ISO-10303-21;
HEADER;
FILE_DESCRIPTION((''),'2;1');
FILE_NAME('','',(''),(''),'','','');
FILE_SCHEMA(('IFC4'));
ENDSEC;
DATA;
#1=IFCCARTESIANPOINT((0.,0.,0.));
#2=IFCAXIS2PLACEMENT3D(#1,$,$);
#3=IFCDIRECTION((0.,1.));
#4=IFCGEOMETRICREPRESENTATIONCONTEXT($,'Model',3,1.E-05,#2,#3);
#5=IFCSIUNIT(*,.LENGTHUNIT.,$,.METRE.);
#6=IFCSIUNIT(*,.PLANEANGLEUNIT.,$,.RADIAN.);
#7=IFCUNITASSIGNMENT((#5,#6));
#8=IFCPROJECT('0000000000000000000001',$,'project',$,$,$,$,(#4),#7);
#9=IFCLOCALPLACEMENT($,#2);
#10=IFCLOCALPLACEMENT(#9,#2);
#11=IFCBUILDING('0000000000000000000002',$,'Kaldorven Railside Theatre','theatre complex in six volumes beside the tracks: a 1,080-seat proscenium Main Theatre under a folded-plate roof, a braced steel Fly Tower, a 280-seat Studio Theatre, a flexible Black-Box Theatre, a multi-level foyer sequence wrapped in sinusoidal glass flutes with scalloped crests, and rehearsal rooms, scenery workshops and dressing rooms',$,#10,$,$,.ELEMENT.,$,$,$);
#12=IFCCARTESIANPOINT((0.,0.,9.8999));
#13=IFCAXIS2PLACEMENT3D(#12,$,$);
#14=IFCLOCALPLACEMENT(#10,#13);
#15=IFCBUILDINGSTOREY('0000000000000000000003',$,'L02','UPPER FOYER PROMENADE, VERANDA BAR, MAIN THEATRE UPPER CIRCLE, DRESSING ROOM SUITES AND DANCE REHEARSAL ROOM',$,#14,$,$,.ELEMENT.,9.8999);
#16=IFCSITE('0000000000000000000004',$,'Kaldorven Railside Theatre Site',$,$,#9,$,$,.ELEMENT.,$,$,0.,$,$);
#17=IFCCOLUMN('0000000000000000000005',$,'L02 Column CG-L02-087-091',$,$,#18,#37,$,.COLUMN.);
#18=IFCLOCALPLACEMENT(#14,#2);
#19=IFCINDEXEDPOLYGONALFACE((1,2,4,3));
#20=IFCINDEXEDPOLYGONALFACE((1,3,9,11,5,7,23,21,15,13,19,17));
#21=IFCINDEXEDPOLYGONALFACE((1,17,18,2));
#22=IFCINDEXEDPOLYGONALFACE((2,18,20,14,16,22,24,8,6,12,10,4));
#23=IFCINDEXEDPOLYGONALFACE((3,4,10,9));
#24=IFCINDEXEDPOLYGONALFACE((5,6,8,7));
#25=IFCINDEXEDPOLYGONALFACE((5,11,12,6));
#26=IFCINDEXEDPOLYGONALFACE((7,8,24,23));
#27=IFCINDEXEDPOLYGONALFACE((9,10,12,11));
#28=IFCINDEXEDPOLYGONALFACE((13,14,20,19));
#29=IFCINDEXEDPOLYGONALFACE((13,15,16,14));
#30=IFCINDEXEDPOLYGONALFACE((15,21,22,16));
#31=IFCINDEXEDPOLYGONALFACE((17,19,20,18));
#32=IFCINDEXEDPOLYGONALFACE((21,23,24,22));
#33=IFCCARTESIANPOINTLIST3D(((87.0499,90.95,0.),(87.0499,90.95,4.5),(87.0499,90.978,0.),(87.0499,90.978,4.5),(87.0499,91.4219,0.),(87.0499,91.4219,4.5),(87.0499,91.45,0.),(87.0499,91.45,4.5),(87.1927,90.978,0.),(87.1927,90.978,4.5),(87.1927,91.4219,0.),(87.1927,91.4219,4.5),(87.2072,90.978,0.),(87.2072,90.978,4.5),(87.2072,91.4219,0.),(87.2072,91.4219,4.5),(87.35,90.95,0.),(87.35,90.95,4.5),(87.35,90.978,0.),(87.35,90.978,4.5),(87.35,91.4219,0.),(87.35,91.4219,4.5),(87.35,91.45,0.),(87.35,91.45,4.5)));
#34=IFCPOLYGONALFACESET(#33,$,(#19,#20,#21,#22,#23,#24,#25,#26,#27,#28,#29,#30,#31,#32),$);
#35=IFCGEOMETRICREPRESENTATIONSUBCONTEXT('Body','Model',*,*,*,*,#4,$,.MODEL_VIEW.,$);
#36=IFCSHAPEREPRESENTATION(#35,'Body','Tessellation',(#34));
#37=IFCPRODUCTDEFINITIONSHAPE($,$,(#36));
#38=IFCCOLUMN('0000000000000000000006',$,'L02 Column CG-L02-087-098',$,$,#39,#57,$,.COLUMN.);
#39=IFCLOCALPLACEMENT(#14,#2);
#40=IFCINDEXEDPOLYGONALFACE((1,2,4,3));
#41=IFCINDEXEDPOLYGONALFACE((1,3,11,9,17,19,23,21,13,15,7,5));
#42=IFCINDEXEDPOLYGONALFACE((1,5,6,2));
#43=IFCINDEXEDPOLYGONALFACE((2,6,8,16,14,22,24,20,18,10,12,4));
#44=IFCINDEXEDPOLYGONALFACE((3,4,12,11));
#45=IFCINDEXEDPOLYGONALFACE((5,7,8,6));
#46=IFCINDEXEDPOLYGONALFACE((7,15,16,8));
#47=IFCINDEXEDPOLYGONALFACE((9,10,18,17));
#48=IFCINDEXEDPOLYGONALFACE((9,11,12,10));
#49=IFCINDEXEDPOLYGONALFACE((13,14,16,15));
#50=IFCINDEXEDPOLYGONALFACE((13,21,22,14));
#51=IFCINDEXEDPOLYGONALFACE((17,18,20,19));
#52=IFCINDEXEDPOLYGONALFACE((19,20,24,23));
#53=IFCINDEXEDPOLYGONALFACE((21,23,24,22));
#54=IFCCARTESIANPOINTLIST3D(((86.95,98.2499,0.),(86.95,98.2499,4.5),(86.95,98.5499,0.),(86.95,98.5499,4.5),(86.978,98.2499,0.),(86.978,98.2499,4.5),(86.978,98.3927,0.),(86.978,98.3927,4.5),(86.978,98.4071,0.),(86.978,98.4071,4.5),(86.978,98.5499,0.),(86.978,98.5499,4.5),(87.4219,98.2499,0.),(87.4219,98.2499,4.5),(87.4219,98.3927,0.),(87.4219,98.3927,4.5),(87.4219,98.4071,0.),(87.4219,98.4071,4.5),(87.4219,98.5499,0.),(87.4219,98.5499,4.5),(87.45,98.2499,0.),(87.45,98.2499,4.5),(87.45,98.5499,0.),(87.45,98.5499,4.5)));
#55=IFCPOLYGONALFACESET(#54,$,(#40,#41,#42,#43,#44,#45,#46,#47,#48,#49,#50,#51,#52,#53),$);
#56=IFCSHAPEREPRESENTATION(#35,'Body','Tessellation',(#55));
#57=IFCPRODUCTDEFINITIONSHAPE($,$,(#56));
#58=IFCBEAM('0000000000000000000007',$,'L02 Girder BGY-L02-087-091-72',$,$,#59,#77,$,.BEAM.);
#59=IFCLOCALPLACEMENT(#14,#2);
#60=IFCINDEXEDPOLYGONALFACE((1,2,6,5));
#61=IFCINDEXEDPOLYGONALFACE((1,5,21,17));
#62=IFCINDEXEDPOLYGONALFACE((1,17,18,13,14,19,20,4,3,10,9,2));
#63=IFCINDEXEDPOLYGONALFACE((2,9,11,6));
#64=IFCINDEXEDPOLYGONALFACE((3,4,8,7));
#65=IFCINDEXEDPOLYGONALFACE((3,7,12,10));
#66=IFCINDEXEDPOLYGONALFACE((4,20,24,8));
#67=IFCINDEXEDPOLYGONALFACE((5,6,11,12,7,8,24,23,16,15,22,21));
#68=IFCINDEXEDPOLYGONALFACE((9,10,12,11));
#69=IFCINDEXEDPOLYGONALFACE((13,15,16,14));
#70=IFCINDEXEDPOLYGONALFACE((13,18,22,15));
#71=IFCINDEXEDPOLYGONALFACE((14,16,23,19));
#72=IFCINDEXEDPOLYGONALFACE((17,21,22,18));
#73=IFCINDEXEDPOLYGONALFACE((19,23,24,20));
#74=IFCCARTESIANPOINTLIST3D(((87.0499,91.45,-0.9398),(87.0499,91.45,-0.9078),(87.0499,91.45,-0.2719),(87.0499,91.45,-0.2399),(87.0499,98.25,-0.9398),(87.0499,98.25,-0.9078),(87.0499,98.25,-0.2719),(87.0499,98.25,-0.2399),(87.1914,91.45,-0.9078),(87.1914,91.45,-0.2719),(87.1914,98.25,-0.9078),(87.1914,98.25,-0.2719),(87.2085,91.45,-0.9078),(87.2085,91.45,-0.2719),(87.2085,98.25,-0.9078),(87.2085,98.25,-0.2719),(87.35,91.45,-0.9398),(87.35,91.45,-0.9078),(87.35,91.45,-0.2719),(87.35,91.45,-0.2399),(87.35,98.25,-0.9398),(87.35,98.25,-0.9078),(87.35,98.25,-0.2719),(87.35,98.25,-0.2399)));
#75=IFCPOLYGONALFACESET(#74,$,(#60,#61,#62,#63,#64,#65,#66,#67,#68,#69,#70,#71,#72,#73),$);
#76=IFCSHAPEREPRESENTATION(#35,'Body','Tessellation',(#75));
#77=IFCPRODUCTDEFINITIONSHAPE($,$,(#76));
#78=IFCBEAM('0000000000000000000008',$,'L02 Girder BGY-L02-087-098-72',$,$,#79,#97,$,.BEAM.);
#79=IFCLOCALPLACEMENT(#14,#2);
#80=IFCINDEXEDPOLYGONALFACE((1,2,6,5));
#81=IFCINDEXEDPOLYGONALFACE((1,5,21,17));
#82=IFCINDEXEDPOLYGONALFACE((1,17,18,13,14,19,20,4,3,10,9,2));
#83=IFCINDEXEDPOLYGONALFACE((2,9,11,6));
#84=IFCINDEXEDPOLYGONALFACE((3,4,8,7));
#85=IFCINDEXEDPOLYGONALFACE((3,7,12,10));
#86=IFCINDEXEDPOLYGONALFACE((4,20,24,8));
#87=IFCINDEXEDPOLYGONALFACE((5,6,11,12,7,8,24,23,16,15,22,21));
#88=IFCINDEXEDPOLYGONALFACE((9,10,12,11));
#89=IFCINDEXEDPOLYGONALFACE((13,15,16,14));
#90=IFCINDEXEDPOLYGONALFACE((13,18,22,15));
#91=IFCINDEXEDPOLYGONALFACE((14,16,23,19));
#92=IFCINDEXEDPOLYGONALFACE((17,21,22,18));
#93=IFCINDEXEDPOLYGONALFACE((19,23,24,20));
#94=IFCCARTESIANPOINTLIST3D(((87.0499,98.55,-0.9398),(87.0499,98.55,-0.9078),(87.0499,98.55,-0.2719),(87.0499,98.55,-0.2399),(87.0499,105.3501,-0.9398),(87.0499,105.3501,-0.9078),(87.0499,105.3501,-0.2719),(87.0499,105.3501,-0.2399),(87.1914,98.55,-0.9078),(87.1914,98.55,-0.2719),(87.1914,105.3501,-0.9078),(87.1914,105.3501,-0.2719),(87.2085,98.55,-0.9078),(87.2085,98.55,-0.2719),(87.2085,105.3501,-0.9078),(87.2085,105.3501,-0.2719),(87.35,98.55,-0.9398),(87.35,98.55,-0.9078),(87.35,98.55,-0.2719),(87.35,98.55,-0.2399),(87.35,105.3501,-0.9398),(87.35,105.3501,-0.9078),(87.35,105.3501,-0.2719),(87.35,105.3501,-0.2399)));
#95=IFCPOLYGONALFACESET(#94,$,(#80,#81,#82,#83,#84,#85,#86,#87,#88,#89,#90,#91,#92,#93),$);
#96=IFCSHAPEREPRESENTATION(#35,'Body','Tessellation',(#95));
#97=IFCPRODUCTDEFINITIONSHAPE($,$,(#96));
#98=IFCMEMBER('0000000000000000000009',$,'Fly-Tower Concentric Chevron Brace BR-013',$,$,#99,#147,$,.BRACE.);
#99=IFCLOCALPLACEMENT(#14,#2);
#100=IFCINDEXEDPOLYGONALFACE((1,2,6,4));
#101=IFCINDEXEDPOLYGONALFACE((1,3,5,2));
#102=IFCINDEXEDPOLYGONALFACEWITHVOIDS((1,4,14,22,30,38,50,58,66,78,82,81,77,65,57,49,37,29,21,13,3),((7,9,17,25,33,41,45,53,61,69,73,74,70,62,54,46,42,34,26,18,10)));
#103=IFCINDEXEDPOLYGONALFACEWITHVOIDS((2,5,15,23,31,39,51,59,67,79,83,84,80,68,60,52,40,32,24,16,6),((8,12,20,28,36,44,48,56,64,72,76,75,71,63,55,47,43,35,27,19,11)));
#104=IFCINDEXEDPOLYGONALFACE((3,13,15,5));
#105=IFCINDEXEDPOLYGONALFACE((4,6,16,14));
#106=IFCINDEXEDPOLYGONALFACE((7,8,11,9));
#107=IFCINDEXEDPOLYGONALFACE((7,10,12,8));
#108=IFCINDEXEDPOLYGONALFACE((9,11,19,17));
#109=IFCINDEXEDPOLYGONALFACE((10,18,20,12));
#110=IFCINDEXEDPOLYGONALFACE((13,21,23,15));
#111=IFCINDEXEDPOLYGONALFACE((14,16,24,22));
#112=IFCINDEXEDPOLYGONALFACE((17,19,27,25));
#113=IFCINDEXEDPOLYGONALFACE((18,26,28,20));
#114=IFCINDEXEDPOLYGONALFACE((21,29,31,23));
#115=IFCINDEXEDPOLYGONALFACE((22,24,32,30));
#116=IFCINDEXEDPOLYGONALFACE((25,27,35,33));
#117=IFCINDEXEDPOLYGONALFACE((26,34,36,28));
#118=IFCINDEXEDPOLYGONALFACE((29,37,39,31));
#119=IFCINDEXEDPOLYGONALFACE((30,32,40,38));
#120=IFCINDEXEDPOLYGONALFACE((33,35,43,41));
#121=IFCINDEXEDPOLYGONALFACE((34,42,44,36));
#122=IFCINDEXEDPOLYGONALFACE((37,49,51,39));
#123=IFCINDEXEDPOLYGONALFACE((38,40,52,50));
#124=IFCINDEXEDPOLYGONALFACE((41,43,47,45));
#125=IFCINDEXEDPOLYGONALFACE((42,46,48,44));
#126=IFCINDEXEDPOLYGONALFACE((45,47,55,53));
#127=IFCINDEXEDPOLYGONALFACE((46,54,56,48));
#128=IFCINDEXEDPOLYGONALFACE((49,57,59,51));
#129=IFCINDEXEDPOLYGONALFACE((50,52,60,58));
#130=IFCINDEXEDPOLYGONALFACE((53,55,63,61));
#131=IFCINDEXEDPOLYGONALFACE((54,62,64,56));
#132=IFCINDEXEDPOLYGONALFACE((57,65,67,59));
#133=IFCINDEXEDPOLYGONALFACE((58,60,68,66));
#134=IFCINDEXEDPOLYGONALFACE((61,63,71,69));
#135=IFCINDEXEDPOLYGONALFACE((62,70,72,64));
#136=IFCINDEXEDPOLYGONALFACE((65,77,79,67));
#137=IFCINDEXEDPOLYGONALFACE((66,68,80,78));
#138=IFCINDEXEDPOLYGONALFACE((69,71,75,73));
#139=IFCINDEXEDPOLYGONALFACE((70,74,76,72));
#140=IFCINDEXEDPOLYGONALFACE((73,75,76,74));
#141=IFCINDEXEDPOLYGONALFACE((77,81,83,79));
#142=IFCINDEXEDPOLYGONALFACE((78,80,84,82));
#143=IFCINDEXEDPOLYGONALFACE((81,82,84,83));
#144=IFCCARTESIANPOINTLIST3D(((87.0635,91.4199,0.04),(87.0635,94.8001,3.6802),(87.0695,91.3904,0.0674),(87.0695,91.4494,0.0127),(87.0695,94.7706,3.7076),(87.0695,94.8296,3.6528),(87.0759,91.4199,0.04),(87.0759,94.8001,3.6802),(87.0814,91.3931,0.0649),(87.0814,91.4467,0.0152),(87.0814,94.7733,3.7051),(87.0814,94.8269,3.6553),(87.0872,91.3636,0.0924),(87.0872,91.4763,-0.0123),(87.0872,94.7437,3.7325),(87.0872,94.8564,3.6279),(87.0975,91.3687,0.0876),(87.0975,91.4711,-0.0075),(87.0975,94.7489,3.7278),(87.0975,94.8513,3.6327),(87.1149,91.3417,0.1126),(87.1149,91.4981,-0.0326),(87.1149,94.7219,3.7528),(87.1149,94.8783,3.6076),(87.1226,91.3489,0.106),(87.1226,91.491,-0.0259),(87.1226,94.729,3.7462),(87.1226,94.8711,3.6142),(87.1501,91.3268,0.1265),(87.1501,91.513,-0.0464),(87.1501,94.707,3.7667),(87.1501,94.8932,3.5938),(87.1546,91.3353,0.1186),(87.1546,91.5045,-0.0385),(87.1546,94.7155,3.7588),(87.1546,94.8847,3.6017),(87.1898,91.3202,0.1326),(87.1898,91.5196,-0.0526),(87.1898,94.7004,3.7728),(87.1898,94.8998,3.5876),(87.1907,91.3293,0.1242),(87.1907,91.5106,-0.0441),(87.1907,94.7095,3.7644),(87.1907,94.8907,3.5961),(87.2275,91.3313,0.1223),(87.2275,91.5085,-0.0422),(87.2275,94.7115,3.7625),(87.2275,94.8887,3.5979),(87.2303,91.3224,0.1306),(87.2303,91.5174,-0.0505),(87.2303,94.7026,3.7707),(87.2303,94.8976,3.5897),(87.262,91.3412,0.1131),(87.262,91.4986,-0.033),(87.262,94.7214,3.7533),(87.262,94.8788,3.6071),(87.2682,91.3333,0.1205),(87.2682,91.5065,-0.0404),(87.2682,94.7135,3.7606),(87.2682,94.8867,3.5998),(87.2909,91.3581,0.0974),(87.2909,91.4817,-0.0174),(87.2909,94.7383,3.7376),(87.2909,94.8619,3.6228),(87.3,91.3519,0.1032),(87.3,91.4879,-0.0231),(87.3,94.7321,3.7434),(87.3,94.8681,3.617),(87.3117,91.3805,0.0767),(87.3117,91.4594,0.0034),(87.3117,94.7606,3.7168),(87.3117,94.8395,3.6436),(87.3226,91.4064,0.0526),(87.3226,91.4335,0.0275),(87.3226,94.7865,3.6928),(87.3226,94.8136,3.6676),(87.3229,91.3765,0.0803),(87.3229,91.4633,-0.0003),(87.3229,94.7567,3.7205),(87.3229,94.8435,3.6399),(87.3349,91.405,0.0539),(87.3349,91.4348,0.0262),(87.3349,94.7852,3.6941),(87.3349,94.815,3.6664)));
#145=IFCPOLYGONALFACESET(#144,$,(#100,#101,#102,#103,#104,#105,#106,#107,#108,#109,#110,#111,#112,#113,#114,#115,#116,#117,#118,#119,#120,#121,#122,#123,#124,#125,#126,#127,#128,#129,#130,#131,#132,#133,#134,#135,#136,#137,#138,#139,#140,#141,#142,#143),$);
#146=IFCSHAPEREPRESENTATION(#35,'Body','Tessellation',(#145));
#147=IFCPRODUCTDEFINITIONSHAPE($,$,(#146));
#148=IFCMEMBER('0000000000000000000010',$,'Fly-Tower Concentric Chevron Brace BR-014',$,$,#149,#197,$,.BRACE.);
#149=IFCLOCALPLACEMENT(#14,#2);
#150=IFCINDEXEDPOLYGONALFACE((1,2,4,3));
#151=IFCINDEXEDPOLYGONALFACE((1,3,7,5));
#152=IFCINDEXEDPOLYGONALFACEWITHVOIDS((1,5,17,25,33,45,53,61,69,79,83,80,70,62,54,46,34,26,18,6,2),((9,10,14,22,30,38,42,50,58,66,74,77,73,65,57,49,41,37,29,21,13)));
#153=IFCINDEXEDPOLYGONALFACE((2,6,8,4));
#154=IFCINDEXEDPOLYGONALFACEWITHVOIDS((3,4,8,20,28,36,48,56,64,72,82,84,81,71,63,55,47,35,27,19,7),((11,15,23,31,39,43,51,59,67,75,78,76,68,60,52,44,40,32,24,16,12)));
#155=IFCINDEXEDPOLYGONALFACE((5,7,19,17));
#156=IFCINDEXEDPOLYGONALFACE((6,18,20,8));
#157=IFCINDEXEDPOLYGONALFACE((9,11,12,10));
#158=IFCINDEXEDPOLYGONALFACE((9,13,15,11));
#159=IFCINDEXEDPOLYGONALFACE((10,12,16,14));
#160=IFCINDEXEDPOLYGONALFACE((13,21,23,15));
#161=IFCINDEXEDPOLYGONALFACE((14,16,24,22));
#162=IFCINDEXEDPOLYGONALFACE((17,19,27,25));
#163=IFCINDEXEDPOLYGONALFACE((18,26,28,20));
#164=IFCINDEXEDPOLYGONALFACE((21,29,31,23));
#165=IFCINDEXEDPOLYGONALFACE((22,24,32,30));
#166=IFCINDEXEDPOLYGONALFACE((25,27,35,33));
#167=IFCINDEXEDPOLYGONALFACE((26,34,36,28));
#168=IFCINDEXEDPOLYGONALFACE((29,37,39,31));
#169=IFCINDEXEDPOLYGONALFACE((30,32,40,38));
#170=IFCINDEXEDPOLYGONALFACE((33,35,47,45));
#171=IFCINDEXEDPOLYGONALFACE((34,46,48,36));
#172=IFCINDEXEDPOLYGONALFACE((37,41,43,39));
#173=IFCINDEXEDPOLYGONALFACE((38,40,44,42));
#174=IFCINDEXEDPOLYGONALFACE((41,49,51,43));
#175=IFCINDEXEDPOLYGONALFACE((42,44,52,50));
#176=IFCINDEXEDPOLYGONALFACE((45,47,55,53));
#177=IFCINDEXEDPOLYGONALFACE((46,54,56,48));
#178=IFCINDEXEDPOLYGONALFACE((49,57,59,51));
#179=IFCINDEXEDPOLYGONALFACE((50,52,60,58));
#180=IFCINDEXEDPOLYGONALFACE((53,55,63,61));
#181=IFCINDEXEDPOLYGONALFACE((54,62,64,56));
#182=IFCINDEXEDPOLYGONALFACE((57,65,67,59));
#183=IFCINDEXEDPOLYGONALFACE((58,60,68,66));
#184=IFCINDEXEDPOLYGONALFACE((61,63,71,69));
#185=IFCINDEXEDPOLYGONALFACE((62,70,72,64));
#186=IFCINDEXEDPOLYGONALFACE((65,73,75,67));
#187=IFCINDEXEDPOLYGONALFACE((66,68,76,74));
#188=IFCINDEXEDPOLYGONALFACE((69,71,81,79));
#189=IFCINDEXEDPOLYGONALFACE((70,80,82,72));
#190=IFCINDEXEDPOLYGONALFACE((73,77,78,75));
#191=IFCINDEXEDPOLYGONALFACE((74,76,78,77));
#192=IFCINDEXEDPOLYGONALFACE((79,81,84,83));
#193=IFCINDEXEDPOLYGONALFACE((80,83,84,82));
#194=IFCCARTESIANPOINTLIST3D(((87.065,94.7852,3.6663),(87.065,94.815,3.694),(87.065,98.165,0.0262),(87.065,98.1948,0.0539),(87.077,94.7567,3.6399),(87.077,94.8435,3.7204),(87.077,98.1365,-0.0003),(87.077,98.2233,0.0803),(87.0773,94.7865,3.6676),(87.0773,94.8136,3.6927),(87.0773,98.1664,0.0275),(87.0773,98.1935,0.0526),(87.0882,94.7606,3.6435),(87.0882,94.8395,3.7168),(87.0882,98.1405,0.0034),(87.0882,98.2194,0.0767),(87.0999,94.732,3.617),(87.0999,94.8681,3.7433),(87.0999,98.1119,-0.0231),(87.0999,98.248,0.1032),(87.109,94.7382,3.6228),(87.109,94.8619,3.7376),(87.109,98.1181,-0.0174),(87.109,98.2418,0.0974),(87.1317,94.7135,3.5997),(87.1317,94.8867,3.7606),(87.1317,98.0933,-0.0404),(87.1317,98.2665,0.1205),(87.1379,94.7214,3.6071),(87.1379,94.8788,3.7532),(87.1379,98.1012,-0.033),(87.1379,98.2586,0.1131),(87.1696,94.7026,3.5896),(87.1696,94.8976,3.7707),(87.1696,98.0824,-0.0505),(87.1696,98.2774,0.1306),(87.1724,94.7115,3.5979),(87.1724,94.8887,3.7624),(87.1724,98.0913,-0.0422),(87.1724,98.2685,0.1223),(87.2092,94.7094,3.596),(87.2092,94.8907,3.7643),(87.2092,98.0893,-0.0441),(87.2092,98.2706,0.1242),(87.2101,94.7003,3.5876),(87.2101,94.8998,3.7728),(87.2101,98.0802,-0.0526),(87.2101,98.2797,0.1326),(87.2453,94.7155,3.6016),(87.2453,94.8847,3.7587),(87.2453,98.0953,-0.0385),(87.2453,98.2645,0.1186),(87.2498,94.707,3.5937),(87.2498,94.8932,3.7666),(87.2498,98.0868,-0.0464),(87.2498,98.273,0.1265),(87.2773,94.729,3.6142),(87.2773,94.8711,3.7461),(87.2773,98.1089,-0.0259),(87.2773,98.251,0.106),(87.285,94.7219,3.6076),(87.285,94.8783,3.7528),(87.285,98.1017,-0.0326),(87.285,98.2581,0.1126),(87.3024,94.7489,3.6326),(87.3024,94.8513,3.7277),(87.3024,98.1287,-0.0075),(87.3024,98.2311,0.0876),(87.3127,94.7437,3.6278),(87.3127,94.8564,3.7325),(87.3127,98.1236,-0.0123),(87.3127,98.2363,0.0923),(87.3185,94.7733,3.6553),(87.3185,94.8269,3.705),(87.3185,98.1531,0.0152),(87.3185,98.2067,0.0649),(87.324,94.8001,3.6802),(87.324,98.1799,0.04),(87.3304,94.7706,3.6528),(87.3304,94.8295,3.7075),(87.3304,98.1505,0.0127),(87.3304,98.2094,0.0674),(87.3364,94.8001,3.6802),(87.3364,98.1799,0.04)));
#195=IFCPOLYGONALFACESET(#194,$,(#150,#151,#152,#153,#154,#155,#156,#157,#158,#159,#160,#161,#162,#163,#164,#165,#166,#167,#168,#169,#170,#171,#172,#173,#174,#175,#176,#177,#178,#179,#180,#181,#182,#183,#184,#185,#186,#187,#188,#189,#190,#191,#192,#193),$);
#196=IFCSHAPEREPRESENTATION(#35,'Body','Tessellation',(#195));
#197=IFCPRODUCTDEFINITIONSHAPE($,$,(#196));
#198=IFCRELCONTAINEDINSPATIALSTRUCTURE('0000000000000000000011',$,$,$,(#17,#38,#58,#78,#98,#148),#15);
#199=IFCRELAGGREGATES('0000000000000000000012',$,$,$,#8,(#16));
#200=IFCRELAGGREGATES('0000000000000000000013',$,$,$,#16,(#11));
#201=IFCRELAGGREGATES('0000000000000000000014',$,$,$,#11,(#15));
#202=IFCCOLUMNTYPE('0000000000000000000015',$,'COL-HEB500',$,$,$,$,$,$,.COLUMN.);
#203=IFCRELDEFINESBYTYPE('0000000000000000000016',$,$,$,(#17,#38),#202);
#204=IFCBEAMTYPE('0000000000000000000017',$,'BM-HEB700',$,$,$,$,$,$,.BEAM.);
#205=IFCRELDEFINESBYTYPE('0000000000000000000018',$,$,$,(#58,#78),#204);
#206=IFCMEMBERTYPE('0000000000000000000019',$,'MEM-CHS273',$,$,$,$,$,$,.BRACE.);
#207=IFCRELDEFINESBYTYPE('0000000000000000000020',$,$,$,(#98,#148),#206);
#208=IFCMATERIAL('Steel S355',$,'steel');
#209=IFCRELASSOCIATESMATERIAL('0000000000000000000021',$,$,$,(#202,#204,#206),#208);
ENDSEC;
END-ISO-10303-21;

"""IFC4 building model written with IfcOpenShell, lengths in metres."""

from ifc_helpers import new_model, si_unit, direction, frame, origin, origin_2d, place, context, subcontext, project, spatial, hollow_circle, i_section, extrude, material, material_profile, profile_set, type_object, element, save


model = new_model("IFC4")

# Units and contexts
model_context = context("Model", 3, precision=1e-05, world=origin(), true_north=direction((0.0, 1.0)))
body_context = subcontext(model_context, "Body", "Model", "MODEL_VIEW")
ifc_project = project(units=[si_unit("LENGTHUNIT", "METRE"), si_unit("PLANEANGLEUNIT", "RADIAN")], contexts=[model_context])

# Site, building, storey
site_placement = place(None, origin())
site = spatial("IfcSite", under=ifc_project, at=site_placement, Name="Kaldorven Railside Theatre Site", CompositionType="ELEMENT", RefElevation=0.0)
building_placement = place(site_placement, origin())
building = spatial("IfcBuilding", under=site, at=building_placement, Name="Kaldorven Railside Theatre", Description="theatre complex in six volumes beside the tracks: a 1,080-seat proscenium Main Theatre under a folded-plate roof, a braced steel Fly Tower, a 280-seat Studio Theatre, a flexible Black-Box Theatre, a multi-level foyer sequence wrapped in sinusoidal glass flutes with scalloped crests, and rehearsal rooms, scenery workshops and dressing rooms", CompositionType="ELEMENT")
storey_placement = place(building_placement, frame((0.0, 0.0, 9.8999)))
storey = spatial("IfcBuildingStorey", under=building, at=storey_placement, Name="L02", Description="UPPER FOYER PROMENADE, VERANDA BAR, MAIN THEATRE UPPER CIRCLE, DRESSING ROOM SUITES AND DANCE REHEARSAL ROOM", CompositionType="ELEMENT", Elevation=9.8999)

# Columns
ifc_material_1 = material(Name="Steel S355", Category="steel")
ifc_material_profile_1 = material_profile(ifc_material_1, i_section(OverallWidth=0.3, OverallDepth=0.5, WebThickness=0.0144, FlangeThickness=0.0281, at=origin_2d()), Name="HEB 500")
ifc_profile_set_1 = profile_set([ifc_material_profile_1], Name="Steel S355")
column_type = type_object("IfcColumnType", Name="COL-HEB500", PredefinedType="COLUMN", material=ifc_profile_set_1)
for number, where, z_axis, x_axis, name in (
    (1, (87.2, 91.2, 0.0), (0.0, 0.0, 1.0), (1.0, 0.0, 0.0), "L02 Column CG-L02-087-091"),
    (2, (87.2, 98.3999, 0.0), (0.0, 0.0, 1.0), (0.0, 1.0, 0.0), "L02 Column CG-L02-087-098"),
):
    element("IfcColumn", number, at=place(storey_placement, frame(where, z_axis=z_axis, x_axis=x_axis)), inside=storey, type_object=column_type, Name=name, PredefinedType="COLUMN", context=body_context, shape_type="SweptSolid", body=[
        extrude(i_section(OverallWidth=0.3, OverallDepth=0.5, WebThickness=0.0144, FlangeThickness=0.0281, at=origin_2d()), origin(), (0.0, 0.0, 1.0), 4.5),
    ])

# Beams
ifc_material_profile_2 = material_profile(ifc_material_1, i_section(OverallWidth=0.3, OverallDepth=0.7, WebThickness=0.0171, FlangeThickness=0.032, at=origin_2d()), Name="HEB 700")
ifc_profile_set_2 = profile_set([ifc_material_profile_2], Name="Steel S355")
beam_type = type_object("IfcBeamType", Name="BM-HEB700", PredefinedType="BEAM", material=ifc_profile_set_2)
for number, where, z_axis, x_axis, name in (
    (3, (87.2, 91.45, -0.5898), (0.0, 1.0, 0.0), (-1.0, 0.0, 0.0), "L02 Girder BGY-L02-087-091-72"),
    (4, (87.2, 98.55, -0.5898), (0.0, 1.0, 0.0), (-1.0, 0.0, 0.0), "L02 Girder BGY-L02-087-098-72"),
):
    element("IfcBeam", number, at=place(storey_placement, frame(where, z_axis=z_axis, x_axis=x_axis)), inside=storey, type_object=beam_type, Name=name, PredefinedType="BEAM", context=body_context, shape_type="SweptSolid", body=[
        extrude(i_section(OverallWidth=0.3, OverallDepth=0.7, WebThickness=0.0171, FlangeThickness=0.032, at=origin_2d()), origin(), (0.0, 0.0, 1.0), 6.8),
    ])

# Members
ifc_material_profile_3 = material_profile(ifc_material_1, hollow_circle(Radius=0.1365, WallThickness=0.0125, at=origin_2d()), Name="CHS 273x12.5")
ifc_profile_set_3 = profile_set([ifc_material_profile_3], Name="Steel S355")
member_type = type_object("IfcMemberType", Name="MEM-CHS273", PredefinedType="BRACE", material=ifc_profile_set_3)
member_1_placement = place(storey_placement, frame((87.2, 91.4199, 0.04), z_axis=(0.0, 0.680451, 0.732793), x_axis=(-1.0, 0.0, 0.0)))
element("IfcMember", 5, at=member_1_placement, inside=storey, type_object=member_type, Name="Fly-Tower Concentric Chevron Brace BR-013", PredefinedType="BRACE", context=body_context, shape_type="SweptSolid", body=[
    extrude(hollow_circle(Radius=0.1365, WallThickness=0.0125, at=origin_2d()), origin(), (0.0, 0.0, 1.0), 4.9675),
])
member_2_placement = place(storey_placement, frame((87.2, 98.1799, 0.04), z_axis=(0.0, -0.680425, 0.732818), x_axis=(1.0, 0.0, 0.0)))
element("IfcMember", 6, at=member_2_placement, inside=storey, type_object=member_type, Name="Fly-Tower Concentric Chevron Brace BR-014", PredefinedType="BRACE", context=body_context, shape_type="SweptSolid", body=[
    extrude(hollow_circle(Radius=0.1365, WallThickness=0.0125, at=origin_2d()), origin(), (0.0, 0.0, 1.0), 4.9673),
])

save(model, "model.ifc")
